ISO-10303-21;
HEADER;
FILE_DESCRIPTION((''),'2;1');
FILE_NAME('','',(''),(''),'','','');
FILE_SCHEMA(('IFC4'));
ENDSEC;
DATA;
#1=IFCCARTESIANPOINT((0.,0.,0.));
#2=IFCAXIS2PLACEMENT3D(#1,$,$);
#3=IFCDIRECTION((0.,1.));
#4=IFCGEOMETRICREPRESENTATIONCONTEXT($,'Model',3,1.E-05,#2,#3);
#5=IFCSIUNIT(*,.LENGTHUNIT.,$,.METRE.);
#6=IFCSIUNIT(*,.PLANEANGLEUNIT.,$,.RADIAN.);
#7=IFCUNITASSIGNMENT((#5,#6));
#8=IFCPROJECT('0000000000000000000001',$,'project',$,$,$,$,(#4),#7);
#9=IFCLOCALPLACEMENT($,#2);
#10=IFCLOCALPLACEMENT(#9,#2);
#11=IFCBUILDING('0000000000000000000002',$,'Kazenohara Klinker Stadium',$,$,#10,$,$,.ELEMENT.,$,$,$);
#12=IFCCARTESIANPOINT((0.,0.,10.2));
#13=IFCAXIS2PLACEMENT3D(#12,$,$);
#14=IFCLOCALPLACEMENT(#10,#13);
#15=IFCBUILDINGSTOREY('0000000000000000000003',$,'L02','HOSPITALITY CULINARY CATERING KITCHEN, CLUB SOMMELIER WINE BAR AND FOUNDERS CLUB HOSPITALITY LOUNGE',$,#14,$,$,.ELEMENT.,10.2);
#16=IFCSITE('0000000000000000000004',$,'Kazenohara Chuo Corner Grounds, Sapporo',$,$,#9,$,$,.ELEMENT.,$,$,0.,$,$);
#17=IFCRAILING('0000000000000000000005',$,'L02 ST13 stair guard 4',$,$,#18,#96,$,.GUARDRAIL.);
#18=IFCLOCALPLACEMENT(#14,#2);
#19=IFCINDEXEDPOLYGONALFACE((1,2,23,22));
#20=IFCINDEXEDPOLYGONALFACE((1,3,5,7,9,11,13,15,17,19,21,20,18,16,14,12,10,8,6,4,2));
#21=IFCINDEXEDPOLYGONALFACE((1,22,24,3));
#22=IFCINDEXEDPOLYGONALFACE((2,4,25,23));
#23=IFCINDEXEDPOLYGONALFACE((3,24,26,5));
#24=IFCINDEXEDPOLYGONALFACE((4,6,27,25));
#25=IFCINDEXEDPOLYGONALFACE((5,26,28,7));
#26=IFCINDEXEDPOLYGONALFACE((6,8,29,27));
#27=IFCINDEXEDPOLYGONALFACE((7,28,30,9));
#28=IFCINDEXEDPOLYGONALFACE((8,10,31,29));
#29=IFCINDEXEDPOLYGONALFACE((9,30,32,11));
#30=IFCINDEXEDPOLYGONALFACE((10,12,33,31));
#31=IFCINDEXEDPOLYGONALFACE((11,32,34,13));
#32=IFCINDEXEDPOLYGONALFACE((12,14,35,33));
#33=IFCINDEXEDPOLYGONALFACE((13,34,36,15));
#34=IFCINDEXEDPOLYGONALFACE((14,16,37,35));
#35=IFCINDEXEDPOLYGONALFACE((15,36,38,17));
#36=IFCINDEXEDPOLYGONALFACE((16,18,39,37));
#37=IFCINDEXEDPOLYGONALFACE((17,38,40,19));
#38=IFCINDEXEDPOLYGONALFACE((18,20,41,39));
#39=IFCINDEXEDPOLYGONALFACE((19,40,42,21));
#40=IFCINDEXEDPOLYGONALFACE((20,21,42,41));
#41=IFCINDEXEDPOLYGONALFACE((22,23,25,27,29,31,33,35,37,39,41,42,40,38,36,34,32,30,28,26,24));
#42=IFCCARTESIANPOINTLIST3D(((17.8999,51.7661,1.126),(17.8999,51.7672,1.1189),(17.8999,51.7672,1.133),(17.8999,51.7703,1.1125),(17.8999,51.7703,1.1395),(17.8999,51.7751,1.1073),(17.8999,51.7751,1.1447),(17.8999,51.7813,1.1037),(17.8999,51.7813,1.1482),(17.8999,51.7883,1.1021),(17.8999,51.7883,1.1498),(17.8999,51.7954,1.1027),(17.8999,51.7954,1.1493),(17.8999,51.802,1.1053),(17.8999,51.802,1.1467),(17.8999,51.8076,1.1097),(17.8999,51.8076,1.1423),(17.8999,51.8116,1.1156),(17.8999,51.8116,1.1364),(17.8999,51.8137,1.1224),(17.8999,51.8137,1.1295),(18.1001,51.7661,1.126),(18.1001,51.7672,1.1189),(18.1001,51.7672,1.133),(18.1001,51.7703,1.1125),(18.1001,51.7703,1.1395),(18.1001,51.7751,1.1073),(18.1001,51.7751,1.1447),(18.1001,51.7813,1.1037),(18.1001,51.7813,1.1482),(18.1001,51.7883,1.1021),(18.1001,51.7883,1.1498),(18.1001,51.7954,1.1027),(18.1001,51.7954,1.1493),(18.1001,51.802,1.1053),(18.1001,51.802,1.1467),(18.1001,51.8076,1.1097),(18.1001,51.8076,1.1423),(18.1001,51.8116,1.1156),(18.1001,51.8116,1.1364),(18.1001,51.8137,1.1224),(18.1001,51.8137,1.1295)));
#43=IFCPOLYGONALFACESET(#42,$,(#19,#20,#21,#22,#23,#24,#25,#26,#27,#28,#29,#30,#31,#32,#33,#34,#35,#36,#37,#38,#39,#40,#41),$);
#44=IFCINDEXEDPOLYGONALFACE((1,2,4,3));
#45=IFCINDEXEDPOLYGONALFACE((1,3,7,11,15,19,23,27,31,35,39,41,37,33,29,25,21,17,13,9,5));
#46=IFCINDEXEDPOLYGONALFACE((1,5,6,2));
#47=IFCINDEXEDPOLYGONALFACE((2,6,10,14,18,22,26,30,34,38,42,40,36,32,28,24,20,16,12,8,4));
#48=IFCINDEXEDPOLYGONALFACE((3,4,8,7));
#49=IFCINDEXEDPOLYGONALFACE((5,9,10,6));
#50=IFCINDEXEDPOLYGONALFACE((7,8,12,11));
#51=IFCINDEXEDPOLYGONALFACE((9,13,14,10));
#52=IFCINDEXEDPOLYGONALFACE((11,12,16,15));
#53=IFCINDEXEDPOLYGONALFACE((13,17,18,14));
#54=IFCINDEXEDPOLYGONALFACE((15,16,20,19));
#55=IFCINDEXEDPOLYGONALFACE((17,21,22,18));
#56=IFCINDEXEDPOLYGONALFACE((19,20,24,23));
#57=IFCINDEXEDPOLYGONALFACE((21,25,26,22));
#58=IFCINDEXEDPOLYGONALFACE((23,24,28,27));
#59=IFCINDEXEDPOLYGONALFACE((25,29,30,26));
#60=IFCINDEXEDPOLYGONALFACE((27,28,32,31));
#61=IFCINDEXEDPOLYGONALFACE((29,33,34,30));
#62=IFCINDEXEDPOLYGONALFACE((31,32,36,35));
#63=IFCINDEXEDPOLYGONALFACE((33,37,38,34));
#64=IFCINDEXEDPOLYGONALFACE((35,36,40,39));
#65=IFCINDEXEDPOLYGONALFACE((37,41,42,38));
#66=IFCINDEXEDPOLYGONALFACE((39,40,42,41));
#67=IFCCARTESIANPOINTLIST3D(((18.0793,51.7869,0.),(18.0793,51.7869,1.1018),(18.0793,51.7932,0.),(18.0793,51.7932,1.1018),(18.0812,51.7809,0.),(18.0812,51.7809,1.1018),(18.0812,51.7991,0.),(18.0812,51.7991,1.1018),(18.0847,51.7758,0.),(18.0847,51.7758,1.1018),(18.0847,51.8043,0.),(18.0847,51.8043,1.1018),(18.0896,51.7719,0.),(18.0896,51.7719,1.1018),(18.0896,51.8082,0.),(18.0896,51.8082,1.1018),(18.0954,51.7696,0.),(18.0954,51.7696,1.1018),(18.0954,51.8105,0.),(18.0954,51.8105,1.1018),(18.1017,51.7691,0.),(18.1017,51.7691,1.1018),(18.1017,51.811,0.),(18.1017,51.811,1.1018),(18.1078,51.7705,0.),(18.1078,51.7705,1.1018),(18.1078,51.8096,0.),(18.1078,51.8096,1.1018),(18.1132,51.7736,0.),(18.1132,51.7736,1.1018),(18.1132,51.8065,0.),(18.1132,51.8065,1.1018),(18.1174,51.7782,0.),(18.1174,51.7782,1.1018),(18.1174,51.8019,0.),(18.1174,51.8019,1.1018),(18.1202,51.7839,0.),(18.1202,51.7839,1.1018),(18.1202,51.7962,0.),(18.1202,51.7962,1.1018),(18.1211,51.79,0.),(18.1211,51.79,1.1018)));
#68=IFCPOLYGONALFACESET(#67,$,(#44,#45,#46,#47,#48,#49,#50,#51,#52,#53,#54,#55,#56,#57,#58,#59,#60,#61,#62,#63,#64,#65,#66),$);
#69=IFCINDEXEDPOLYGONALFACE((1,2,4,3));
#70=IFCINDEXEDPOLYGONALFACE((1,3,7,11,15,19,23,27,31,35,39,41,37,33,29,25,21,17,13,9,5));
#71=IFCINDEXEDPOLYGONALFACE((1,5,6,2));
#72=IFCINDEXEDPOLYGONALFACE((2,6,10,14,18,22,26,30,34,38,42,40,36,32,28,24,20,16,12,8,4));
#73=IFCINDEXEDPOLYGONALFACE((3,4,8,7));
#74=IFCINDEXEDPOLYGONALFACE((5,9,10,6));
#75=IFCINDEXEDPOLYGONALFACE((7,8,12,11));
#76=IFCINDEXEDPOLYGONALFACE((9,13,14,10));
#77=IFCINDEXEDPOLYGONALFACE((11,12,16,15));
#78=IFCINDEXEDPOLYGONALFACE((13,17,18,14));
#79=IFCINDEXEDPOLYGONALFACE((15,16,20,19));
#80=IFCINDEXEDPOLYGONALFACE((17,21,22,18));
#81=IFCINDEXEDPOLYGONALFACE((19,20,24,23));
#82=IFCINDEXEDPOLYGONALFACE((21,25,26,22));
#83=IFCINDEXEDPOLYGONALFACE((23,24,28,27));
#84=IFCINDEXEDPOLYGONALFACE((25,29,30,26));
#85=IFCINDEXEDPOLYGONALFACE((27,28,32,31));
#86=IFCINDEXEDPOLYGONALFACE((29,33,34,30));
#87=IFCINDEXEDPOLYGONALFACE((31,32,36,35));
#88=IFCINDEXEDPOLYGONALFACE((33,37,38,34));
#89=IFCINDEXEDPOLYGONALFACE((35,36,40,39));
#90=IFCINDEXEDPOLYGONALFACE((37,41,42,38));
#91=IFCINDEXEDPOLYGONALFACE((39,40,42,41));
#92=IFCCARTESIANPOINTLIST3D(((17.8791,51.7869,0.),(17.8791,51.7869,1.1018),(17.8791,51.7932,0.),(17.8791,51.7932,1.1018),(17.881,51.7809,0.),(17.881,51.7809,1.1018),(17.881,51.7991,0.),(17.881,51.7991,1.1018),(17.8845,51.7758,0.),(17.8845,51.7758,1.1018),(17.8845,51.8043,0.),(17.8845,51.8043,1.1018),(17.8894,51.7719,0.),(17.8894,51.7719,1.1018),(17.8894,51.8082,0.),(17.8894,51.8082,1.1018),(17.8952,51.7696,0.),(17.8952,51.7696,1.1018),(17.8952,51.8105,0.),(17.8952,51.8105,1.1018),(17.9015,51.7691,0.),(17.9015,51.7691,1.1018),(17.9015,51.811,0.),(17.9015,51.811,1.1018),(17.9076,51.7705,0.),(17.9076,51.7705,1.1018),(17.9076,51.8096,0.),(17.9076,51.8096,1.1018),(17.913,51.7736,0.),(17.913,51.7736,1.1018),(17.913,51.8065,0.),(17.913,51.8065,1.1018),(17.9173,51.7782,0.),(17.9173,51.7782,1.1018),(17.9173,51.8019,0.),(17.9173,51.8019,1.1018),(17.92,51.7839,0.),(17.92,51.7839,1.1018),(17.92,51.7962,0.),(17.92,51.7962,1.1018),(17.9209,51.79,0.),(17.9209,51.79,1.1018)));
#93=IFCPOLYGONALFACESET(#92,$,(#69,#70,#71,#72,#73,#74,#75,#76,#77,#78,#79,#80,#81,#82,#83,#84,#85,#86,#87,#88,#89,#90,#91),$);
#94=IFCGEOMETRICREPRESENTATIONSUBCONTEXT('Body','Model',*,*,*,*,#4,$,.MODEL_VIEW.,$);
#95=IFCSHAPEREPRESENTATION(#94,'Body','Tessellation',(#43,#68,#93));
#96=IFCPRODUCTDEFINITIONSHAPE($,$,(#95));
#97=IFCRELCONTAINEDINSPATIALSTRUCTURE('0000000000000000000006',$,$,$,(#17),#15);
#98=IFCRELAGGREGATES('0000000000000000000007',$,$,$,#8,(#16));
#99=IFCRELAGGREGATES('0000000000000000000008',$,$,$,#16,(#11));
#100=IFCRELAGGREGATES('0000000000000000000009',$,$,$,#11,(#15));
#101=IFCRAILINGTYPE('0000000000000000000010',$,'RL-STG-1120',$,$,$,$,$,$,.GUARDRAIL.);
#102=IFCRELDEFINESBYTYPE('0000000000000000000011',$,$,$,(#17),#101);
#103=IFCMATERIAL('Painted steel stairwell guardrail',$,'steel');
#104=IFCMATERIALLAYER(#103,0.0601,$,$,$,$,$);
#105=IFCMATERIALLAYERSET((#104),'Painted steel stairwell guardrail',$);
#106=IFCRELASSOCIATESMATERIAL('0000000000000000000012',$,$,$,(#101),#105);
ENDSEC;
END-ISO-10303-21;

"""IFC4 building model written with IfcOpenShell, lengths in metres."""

from ifc_helpers import new_model, si_unit, direction, frame, origin, origin_2d, place, context, subcontext, project, spatial, circle, extrude, material, layer, layer_set, type_object, element, save


model = new_model("IFC4")

# Units and contexts
model_context = context("Model", 3, precision=1e-05, world=origin(), true_north=direction((0.0, 1.0)))
body_context = subcontext(model_context, "Body", "Model", "MODEL_VIEW")
ifc_project = project(units=[si_unit("LENGTHUNIT", "METRE"), si_unit("PLANEANGLEUNIT", "RADIAN")], contexts=[model_context])

# Site, building, storey
site_placement = place(None, origin())
site = spatial("IfcSite", under=ifc_project, at=site_placement, Name="Kazenohara Chuo Corner Grounds, Sapporo", CompositionType="ELEMENT", RefElevation=0.0)
building_placement = place(site_placement, origin())
building = spatial("IfcBuilding", under=site, at=building_placement, Name="Kazenohara Klinker Stadium", CompositionType="ELEMENT")
storey_placement = place(building_placement, frame((0.0, 0.0, 10.2)))
storey = spatial("IfcBuildingStorey", under=building, at=storey_placement, Name="L02", Description="HOSPITALITY CULINARY CATERING KITCHEN, CLUB SOMMELIER WINE BAR AND FOUNDERS CLUB HOSPITALITY LOUNGE", CompositionType="ELEMENT", Elevation=10.2)

# Railing
ifc_material_1 = material(Name="Painted steel stairwell guardrail", Category="steel")
ifc_layer_1 = layer(ifc_material_1, 0.0601)
ifc_layer_set_1 = layer_set([ifc_layer_1], Name="Painted steel stairwell guardrail")
railing_type_1 = type_object("IfcRailingType", Name="RL-STG-1120", PredefinedType="GUARDRAIL", material=ifc_layer_set_1)
railing_1_placement = place(storey_placement, frame((18.1001, 51.79, 0.0)))
element("IfcRailing", 1, at=railing_1_placement, inside=storey, type_object=railing_type_1, Name="L02 ST13 stair guard 4", PredefinedType="GUARDRAIL", context=body_context, shape_type="SweptSolid", body=[
    extrude(circle(Radius=0.0239, at=origin_2d()), frame((0.0, 0.0, 1.126), z_axis=(-1.0, 0.0, 0.0), x_axis=(0.0, -1.0, 0.0)), (0.0, 0.0, 1.0), 0.2002),
    extrude(circle(Radius=0.021, at=origin_2d()), origin(), (0.0, 0.0, 1.0), 1.1018),
    extrude(circle(Radius=0.021, at=origin_2d()), frame((-0.2002, 0.0, 0.0)), (0.0, 0.0, 1.0), 1.1018),
])

save(model, "model.ifc")
